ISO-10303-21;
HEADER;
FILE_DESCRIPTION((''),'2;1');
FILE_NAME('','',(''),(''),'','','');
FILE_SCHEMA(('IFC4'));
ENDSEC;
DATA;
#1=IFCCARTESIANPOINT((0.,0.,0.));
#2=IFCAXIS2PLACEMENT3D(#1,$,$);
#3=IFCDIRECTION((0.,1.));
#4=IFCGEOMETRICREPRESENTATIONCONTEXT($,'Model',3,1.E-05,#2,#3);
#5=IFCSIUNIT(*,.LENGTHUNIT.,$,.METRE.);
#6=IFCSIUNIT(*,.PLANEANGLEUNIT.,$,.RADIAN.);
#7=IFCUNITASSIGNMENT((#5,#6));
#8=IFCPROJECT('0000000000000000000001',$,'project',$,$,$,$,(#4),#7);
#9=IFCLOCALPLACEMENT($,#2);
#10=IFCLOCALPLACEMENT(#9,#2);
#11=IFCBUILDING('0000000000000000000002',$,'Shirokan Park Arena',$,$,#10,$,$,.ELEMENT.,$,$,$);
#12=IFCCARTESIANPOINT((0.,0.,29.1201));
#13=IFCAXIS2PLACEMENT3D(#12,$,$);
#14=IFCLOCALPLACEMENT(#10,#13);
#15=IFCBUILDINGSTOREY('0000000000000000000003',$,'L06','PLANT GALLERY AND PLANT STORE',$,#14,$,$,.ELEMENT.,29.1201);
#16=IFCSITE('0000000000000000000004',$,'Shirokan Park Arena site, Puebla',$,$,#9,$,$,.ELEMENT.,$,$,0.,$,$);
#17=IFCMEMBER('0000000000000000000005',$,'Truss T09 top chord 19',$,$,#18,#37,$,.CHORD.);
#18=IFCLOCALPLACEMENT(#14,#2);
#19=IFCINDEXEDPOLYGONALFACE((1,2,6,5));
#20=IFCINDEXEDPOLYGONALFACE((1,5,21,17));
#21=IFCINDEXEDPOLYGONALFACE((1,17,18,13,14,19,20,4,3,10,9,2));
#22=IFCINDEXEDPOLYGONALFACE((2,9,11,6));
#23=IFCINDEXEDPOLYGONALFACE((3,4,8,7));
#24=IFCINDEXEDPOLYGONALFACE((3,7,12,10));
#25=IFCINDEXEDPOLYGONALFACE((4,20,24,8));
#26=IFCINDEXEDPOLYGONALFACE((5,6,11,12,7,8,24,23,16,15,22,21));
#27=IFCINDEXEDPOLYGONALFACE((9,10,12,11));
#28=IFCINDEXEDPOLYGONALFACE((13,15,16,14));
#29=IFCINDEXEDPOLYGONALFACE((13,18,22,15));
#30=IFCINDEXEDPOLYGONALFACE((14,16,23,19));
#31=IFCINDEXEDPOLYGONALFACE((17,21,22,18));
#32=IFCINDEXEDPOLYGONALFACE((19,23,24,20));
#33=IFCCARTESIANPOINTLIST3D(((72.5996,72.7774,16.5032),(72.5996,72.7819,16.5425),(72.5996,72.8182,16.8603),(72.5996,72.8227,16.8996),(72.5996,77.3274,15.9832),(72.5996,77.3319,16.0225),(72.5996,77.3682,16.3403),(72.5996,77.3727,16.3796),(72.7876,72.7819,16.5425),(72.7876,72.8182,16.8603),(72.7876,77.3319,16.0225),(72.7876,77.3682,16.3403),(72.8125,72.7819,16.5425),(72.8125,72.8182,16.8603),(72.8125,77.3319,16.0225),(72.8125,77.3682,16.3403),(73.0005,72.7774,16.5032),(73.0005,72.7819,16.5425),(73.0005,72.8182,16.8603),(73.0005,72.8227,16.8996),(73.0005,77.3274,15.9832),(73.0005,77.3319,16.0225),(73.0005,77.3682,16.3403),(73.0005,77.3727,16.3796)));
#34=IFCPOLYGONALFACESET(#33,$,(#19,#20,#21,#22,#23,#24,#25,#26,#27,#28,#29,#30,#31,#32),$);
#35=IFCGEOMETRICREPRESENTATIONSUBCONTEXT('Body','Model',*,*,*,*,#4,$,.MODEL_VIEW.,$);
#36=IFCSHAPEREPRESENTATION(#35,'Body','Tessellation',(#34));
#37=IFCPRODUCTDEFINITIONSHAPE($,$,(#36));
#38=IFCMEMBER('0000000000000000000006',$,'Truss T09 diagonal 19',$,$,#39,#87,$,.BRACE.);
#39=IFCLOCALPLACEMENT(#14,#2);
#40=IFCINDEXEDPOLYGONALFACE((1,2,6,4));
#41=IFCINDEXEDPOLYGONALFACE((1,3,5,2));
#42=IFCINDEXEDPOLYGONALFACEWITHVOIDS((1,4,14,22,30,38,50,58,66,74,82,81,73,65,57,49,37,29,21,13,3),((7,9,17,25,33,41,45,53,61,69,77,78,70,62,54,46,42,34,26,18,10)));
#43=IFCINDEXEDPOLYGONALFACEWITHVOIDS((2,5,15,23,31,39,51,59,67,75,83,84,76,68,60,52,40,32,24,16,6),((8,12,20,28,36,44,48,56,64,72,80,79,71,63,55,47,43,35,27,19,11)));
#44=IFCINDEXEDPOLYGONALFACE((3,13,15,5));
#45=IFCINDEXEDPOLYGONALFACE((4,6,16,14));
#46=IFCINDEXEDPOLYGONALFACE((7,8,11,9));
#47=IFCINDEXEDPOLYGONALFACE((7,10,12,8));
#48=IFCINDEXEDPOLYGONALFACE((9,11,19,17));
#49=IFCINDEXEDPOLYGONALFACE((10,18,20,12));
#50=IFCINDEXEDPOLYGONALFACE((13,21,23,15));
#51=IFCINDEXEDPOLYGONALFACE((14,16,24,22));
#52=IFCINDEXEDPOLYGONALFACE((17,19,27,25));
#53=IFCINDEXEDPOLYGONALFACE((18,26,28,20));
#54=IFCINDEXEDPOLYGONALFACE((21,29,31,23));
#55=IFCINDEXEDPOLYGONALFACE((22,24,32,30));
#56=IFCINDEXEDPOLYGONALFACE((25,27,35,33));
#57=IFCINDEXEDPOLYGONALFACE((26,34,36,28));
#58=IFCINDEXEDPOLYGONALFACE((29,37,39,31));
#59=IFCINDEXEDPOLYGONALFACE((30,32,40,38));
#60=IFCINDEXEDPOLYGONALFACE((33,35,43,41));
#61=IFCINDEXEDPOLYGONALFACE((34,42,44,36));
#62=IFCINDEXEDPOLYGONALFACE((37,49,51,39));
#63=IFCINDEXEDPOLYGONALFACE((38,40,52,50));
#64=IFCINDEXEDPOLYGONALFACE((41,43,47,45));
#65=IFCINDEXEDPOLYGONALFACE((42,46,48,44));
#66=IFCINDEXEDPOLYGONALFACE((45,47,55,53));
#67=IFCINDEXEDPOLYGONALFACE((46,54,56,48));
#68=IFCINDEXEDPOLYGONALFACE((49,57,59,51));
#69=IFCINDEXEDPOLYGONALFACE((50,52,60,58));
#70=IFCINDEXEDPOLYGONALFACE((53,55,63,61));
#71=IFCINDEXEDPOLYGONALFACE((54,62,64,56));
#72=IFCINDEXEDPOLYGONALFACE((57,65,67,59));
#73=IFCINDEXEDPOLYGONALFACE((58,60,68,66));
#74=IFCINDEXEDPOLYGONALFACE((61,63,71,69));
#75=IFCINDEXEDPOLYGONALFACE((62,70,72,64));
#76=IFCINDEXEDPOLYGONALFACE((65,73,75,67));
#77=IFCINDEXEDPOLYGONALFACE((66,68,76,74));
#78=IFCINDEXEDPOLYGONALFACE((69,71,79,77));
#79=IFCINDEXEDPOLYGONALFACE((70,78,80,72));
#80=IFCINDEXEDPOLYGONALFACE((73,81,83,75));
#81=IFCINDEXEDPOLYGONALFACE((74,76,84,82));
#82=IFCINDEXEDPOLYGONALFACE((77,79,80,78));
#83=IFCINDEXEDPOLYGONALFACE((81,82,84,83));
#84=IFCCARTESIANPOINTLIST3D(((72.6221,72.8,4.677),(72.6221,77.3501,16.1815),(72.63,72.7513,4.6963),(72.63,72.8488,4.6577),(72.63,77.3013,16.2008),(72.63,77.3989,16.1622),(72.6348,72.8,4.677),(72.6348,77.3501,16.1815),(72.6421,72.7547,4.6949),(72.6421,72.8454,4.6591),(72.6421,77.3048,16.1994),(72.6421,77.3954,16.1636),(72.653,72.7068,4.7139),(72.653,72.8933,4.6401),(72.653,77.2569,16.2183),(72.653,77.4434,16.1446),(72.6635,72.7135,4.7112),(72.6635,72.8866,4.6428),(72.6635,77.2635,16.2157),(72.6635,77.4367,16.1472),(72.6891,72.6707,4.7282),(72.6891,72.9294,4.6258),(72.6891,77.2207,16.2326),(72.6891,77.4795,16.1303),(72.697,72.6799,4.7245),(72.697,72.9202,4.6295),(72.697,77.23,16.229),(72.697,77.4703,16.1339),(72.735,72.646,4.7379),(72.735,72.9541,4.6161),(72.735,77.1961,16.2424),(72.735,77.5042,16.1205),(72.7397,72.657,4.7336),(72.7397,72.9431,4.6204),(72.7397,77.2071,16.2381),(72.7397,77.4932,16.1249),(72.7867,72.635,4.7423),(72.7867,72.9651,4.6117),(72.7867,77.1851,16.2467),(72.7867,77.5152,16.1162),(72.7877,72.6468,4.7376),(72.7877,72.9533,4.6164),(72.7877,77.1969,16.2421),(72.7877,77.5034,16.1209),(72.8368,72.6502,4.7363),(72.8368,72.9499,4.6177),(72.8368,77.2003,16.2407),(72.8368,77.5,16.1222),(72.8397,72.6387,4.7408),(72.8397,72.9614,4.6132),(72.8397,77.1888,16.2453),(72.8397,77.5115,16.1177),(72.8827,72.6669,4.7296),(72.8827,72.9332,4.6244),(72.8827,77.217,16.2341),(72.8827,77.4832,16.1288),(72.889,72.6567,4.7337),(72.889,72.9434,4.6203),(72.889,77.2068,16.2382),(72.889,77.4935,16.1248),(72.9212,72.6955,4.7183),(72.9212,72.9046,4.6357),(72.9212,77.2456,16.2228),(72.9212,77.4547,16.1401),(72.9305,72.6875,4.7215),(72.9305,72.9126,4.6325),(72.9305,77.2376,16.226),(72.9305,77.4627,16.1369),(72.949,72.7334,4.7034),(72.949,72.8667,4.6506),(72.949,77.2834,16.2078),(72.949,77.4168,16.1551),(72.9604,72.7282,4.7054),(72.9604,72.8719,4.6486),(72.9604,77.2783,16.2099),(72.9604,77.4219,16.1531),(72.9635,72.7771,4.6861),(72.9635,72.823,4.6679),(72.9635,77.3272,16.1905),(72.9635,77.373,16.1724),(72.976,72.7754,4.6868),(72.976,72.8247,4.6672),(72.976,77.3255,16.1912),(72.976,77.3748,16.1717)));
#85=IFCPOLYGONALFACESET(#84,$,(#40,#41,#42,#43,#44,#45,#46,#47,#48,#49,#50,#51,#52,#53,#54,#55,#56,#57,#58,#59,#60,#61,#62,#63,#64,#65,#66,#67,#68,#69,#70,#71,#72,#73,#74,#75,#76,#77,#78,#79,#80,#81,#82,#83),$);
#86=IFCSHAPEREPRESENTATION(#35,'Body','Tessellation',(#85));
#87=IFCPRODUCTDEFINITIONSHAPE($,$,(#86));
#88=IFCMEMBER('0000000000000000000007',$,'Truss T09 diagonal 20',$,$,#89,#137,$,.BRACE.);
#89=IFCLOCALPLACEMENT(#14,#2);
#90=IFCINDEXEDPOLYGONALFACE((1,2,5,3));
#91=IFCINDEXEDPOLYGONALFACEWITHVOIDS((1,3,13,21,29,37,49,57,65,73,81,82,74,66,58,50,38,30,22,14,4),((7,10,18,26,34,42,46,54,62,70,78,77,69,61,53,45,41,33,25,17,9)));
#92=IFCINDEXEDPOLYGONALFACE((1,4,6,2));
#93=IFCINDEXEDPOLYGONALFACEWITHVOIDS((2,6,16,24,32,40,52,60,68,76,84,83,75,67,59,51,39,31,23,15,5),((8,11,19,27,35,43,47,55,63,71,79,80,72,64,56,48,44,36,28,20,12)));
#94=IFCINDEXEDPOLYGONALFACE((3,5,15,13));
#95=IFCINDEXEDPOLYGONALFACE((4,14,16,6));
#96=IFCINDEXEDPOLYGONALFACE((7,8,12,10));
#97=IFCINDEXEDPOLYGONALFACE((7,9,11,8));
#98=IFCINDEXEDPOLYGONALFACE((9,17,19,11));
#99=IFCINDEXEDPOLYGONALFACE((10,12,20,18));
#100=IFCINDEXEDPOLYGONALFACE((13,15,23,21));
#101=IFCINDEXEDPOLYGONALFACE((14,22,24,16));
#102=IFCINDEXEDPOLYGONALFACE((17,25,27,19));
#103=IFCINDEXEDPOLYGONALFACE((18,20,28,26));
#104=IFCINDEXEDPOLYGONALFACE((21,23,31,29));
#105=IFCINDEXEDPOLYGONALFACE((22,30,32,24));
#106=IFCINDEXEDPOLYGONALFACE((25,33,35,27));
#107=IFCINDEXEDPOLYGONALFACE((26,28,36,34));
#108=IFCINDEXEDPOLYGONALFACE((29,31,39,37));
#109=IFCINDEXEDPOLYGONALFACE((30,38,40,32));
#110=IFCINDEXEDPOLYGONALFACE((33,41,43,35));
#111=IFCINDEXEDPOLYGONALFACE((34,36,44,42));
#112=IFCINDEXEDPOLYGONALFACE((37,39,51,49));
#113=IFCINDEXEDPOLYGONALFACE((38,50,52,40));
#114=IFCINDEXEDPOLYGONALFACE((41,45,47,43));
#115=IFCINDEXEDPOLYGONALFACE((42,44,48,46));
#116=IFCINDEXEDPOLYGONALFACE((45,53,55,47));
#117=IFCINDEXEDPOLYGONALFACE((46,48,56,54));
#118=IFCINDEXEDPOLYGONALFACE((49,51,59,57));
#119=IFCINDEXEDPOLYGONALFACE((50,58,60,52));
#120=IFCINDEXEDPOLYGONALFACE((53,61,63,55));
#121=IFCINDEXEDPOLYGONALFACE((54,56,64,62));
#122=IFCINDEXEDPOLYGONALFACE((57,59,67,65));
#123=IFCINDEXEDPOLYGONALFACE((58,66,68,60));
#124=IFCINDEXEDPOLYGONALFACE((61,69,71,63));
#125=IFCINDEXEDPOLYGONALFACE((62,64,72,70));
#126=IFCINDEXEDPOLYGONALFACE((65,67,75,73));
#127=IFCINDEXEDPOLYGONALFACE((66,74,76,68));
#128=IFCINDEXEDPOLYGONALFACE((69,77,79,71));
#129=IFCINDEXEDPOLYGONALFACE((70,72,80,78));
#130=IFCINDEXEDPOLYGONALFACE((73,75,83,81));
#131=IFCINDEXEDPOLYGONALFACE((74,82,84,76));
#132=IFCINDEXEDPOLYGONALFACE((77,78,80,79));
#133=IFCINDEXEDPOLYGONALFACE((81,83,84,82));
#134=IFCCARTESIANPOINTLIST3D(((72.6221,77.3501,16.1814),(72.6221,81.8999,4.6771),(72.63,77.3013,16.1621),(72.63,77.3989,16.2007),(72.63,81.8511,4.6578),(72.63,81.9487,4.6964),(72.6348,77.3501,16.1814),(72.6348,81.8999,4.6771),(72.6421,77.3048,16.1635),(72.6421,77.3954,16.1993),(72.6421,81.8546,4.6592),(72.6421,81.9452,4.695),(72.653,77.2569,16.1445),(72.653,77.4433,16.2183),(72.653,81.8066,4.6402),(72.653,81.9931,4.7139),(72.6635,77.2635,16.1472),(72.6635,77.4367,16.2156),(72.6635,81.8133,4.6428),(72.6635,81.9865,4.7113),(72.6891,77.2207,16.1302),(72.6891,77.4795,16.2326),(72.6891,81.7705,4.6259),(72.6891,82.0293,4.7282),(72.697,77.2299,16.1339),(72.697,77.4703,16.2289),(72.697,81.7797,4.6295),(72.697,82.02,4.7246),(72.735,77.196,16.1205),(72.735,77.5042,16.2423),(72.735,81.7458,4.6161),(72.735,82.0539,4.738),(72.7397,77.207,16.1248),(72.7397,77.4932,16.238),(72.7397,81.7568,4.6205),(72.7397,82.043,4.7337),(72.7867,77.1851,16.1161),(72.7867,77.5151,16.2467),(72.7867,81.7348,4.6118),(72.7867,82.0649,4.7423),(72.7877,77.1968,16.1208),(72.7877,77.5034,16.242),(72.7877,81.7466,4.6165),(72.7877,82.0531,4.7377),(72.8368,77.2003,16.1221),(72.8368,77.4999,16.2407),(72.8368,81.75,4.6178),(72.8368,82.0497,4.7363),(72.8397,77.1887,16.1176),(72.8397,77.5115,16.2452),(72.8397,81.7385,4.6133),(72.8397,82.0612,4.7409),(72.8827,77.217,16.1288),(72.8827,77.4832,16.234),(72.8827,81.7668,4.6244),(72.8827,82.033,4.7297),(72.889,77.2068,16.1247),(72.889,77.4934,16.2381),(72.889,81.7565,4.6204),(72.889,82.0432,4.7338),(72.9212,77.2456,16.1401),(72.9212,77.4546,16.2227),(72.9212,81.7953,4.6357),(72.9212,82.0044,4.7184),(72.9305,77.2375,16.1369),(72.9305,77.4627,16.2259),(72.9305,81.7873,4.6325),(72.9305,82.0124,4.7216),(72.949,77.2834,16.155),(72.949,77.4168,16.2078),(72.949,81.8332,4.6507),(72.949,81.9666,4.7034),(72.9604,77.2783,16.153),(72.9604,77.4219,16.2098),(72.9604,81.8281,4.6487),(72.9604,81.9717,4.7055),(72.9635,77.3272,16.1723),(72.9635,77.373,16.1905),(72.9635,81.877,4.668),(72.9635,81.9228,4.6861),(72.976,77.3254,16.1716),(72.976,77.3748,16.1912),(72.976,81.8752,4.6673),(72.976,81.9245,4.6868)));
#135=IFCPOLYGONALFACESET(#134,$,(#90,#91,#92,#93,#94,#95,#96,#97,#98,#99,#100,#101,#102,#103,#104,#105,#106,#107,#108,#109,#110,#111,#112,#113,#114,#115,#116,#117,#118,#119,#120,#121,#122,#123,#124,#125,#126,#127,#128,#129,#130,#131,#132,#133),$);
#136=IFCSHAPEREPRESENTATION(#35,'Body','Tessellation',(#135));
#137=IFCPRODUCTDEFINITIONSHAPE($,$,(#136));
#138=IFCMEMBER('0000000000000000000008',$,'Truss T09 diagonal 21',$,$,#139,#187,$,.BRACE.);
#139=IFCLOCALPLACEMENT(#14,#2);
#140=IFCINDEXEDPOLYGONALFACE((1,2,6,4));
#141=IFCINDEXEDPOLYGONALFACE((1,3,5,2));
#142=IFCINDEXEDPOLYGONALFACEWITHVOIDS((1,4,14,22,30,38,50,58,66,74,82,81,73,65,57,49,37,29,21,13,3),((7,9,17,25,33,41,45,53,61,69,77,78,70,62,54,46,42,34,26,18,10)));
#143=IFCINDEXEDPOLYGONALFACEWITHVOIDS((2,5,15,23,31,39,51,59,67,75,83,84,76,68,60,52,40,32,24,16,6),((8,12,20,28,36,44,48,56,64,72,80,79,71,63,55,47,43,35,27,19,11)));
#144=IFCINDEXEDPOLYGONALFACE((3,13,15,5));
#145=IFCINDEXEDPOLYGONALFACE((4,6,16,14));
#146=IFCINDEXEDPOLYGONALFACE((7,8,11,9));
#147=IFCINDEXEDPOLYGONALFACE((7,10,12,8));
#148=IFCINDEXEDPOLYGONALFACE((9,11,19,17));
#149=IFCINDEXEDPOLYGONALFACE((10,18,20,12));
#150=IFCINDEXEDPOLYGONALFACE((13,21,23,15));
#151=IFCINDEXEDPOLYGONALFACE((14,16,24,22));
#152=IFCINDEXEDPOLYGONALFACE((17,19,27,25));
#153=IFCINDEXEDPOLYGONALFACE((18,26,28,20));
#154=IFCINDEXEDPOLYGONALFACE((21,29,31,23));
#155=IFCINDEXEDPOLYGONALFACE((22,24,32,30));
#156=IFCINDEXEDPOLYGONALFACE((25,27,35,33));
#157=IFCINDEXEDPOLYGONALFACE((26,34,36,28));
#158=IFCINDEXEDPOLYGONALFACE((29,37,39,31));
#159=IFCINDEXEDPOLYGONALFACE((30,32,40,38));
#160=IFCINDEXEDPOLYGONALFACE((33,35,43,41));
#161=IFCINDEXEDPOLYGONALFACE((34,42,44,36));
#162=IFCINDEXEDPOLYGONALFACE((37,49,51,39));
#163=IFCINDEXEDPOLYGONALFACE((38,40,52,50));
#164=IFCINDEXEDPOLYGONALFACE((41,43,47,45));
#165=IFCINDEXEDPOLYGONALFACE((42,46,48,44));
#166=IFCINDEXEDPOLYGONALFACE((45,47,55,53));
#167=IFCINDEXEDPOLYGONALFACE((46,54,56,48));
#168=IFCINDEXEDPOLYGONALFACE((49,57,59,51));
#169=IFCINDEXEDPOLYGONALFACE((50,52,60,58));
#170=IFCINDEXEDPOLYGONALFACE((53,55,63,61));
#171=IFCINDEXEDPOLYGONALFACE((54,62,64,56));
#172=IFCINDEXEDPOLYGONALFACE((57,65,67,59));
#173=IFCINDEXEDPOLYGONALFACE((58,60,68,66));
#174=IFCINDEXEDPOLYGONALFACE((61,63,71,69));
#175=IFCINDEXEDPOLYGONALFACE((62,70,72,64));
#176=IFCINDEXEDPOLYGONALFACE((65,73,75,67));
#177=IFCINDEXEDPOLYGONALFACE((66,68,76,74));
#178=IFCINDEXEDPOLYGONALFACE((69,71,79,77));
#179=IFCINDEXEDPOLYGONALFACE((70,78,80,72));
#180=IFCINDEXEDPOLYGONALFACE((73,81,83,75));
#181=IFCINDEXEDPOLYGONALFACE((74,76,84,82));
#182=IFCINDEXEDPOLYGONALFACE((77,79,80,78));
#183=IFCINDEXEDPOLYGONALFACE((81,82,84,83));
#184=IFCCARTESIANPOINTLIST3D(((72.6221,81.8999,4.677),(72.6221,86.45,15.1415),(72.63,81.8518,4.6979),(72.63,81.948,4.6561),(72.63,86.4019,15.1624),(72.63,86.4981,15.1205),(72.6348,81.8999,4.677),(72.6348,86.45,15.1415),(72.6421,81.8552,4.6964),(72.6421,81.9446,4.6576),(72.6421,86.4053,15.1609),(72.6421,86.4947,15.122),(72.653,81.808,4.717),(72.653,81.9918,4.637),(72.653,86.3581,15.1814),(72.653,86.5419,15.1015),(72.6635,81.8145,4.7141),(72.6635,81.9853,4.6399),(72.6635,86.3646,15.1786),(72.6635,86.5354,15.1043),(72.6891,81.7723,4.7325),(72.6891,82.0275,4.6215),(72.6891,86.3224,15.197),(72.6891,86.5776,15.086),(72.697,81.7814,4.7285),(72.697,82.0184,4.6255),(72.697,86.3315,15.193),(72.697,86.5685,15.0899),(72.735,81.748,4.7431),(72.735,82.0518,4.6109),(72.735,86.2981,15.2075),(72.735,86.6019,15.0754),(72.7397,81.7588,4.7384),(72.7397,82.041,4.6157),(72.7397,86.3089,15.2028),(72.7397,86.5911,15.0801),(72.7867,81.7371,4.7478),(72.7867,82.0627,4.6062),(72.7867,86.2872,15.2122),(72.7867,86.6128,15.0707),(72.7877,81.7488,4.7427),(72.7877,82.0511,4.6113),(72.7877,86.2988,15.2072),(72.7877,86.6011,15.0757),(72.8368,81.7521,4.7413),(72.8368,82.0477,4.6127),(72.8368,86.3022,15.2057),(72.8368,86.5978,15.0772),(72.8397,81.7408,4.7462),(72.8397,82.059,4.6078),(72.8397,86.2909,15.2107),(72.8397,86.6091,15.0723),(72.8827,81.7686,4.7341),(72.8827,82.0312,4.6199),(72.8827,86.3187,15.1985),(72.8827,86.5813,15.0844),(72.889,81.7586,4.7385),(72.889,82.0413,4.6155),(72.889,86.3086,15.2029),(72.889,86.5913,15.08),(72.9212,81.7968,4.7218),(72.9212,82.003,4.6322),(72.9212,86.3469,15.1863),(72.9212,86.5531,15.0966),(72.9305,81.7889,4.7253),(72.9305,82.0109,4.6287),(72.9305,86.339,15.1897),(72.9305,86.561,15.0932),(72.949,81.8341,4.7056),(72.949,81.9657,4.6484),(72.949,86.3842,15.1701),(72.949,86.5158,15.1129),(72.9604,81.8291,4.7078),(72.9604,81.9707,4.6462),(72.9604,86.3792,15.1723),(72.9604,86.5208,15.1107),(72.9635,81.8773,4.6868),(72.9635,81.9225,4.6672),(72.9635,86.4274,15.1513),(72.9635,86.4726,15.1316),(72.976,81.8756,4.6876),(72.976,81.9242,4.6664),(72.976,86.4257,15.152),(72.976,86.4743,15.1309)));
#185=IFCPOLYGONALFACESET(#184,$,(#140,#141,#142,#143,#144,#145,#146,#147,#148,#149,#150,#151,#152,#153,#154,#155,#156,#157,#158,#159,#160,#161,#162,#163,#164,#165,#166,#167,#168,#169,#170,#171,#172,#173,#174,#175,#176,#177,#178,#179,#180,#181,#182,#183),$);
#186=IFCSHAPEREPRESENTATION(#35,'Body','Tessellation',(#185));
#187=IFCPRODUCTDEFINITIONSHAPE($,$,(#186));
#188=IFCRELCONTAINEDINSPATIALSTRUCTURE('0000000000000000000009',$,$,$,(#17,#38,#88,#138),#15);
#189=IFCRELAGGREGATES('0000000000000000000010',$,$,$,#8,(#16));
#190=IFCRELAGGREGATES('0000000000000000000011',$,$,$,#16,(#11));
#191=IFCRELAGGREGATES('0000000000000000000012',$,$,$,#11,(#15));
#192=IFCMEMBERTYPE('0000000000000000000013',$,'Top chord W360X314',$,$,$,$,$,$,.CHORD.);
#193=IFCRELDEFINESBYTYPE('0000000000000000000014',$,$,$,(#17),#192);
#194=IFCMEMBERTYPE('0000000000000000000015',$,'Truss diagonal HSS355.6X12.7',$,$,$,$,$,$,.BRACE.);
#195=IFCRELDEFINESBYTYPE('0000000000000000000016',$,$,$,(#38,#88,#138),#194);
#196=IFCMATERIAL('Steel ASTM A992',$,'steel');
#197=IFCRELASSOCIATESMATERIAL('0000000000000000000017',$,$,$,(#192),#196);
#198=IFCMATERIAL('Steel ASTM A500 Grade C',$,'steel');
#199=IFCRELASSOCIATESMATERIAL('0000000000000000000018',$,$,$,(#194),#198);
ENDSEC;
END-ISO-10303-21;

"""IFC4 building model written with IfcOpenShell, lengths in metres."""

from ifc_helpers import new_model, si_unit, direction, frame, origin, origin_2d, place, context, subcontext, project, spatial, hollow_circle, i_section, extrude, material, material_profile, profile_set, type_object, element, save


model = new_model("IFC4")

# Units and contexts
model_context = context("Model", 3, precision=1e-05, world=origin(), true_north=direction((0.0, 1.0)))
body_context = subcontext(model_context, "Body", "Model", "MODEL_VIEW")
ifc_project = project(units=[si_unit("LENGTHUNIT", "METRE"), si_unit("PLANEANGLEUNIT", "RADIAN")], contexts=[model_context])

# Site, building, storey
site_placement = place(None, origin())
site = spatial("IfcSite", under=ifc_project, at=site_placement, Name="Shirokan Park Arena site, Puebla", CompositionType="ELEMENT", RefElevation=0.0)
building_placement = place(site_placement, origin())
building = spatial("IfcBuilding", under=site, at=building_placement, Name="Shirokan Park Arena", CompositionType="ELEMENT")
storey_placement = place(building_placement, frame((0.0, 0.0, 29.1201)))
storey = spatial("IfcBuildingStorey", under=building, at=storey_placement, Name="L06", Description="PLANT GALLERY AND PLANT STORE", CompositionType="ELEMENT", Elevation=29.1201)

# Members
ifc_material_1 = material(Name="Steel ASTM A992", Category="steel")
ifc_material_profile_1 = material_profile(ifc_material_1, i_section(OverallWidth=0.4009, OverallDepth=0.3989, WebThickness=0.0249, FlangeThickness=0.0396, at=origin_2d()), Name="W360X314")
ifc_profile_set_1 = profile_set([ifc_material_profile_1], Name="Steel ASTM A992")
member_type_1 = type_object("IfcMemberType", Name="Top chord W360X314", PredefinedType="CHORD", material=ifc_profile_set_1)
member_1_placement = place(storey_placement, frame((72.8, 72.8, 16.7014), z_axis=(0.0, 0.993532, -0.11355), x_axis=(-1.0, 0.0, 0.0)))
element("IfcMember", 1, at=member_1_placement, inside=storey, type_object=member_type_1, Name="Truss T09 top chord 19", PredefinedType="CHORD", context=body_context, shape_type="SweptSolid", body=[
    extrude(i_section(OverallWidth=0.4009, OverallDepth=0.3989, WebThickness=0.0249, FlangeThickness=0.0396, at=origin_2d()), origin(), (0.0, 0.0, 1.0), 4.5796),
])
ifc_material_2 = material(Name="Steel ASTM A500 Grade C", Category="steel")
ifc_material_profile_2 = material_profile(ifc_material_2, hollow_circle(Radius=0.178, WallThickness=0.0127, at=origin_2d()), Name="HSS355.6X12.7")
ifc_profile_set_2 = profile_set([ifc_material_profile_2], Name="Steel ASTM A500 Grade C")
member_type_2 = type_object("IfcMemberType", Name="Truss diagonal HSS355.6X12.7", PredefinedType="BRACE", material=ifc_profile_set_2)
member_2_placement = place(storey_placement, frame((72.8, 72.8, 4.677), z_axis=(0.0, 0.367785, 0.929911), x_axis=(-1.0, 0.0, 0.0)))
element("IfcMember", 2, at=member_2_placement, inside=storey, type_object=member_type_2, Name="Truss T09 diagonal 19", PredefinedType="BRACE", context=body_context, shape_type="SweptSolid", body=[
    extrude(hollow_circle(Radius=0.178, WallThickness=0.0127, at=origin_2d()), origin(), (0.0, 0.0, 1.0), 12.3716),
])
member_3_placement = place(storey_placement, frame((72.8, 77.3501, 16.1814), z_axis=(0.0, 0.367768, -0.929918), x_axis=(-1.0, 0.0, 0.0)))
element("IfcMember", 3, at=member_3_placement, inside=storey, type_object=member_type_2, Name="Truss T09 diagonal 20", PredefinedType="BRACE", context=body_context, shape_type="SweptSolid", body=[
    extrude(hollow_circle(Radius=0.178, WallThickness=0.0127, at=origin_2d()), origin(), (0.0, 0.0, 1.0), 12.3713),
])
member_4_placement = place(storey_placement, frame((72.8, 81.8999, 4.677), z_axis=(0.0, 0.39875, 0.91706), x_axis=(-1.0, 0.0, 0.0)))
element("IfcMember", 4, at=member_4_placement, inside=storey, type_object=member_type_2, Name="Truss T09 diagonal 21", PredefinedType="BRACE", context=body_context, shape_type="SweptSolid", body=[
    extrude(hollow_circle(Radius=0.178, WallThickness=0.0127, at=origin_2d()), origin(), (0.0, 0.0, 1.0), 11.4109),
])

save(model, "model.ifc")
